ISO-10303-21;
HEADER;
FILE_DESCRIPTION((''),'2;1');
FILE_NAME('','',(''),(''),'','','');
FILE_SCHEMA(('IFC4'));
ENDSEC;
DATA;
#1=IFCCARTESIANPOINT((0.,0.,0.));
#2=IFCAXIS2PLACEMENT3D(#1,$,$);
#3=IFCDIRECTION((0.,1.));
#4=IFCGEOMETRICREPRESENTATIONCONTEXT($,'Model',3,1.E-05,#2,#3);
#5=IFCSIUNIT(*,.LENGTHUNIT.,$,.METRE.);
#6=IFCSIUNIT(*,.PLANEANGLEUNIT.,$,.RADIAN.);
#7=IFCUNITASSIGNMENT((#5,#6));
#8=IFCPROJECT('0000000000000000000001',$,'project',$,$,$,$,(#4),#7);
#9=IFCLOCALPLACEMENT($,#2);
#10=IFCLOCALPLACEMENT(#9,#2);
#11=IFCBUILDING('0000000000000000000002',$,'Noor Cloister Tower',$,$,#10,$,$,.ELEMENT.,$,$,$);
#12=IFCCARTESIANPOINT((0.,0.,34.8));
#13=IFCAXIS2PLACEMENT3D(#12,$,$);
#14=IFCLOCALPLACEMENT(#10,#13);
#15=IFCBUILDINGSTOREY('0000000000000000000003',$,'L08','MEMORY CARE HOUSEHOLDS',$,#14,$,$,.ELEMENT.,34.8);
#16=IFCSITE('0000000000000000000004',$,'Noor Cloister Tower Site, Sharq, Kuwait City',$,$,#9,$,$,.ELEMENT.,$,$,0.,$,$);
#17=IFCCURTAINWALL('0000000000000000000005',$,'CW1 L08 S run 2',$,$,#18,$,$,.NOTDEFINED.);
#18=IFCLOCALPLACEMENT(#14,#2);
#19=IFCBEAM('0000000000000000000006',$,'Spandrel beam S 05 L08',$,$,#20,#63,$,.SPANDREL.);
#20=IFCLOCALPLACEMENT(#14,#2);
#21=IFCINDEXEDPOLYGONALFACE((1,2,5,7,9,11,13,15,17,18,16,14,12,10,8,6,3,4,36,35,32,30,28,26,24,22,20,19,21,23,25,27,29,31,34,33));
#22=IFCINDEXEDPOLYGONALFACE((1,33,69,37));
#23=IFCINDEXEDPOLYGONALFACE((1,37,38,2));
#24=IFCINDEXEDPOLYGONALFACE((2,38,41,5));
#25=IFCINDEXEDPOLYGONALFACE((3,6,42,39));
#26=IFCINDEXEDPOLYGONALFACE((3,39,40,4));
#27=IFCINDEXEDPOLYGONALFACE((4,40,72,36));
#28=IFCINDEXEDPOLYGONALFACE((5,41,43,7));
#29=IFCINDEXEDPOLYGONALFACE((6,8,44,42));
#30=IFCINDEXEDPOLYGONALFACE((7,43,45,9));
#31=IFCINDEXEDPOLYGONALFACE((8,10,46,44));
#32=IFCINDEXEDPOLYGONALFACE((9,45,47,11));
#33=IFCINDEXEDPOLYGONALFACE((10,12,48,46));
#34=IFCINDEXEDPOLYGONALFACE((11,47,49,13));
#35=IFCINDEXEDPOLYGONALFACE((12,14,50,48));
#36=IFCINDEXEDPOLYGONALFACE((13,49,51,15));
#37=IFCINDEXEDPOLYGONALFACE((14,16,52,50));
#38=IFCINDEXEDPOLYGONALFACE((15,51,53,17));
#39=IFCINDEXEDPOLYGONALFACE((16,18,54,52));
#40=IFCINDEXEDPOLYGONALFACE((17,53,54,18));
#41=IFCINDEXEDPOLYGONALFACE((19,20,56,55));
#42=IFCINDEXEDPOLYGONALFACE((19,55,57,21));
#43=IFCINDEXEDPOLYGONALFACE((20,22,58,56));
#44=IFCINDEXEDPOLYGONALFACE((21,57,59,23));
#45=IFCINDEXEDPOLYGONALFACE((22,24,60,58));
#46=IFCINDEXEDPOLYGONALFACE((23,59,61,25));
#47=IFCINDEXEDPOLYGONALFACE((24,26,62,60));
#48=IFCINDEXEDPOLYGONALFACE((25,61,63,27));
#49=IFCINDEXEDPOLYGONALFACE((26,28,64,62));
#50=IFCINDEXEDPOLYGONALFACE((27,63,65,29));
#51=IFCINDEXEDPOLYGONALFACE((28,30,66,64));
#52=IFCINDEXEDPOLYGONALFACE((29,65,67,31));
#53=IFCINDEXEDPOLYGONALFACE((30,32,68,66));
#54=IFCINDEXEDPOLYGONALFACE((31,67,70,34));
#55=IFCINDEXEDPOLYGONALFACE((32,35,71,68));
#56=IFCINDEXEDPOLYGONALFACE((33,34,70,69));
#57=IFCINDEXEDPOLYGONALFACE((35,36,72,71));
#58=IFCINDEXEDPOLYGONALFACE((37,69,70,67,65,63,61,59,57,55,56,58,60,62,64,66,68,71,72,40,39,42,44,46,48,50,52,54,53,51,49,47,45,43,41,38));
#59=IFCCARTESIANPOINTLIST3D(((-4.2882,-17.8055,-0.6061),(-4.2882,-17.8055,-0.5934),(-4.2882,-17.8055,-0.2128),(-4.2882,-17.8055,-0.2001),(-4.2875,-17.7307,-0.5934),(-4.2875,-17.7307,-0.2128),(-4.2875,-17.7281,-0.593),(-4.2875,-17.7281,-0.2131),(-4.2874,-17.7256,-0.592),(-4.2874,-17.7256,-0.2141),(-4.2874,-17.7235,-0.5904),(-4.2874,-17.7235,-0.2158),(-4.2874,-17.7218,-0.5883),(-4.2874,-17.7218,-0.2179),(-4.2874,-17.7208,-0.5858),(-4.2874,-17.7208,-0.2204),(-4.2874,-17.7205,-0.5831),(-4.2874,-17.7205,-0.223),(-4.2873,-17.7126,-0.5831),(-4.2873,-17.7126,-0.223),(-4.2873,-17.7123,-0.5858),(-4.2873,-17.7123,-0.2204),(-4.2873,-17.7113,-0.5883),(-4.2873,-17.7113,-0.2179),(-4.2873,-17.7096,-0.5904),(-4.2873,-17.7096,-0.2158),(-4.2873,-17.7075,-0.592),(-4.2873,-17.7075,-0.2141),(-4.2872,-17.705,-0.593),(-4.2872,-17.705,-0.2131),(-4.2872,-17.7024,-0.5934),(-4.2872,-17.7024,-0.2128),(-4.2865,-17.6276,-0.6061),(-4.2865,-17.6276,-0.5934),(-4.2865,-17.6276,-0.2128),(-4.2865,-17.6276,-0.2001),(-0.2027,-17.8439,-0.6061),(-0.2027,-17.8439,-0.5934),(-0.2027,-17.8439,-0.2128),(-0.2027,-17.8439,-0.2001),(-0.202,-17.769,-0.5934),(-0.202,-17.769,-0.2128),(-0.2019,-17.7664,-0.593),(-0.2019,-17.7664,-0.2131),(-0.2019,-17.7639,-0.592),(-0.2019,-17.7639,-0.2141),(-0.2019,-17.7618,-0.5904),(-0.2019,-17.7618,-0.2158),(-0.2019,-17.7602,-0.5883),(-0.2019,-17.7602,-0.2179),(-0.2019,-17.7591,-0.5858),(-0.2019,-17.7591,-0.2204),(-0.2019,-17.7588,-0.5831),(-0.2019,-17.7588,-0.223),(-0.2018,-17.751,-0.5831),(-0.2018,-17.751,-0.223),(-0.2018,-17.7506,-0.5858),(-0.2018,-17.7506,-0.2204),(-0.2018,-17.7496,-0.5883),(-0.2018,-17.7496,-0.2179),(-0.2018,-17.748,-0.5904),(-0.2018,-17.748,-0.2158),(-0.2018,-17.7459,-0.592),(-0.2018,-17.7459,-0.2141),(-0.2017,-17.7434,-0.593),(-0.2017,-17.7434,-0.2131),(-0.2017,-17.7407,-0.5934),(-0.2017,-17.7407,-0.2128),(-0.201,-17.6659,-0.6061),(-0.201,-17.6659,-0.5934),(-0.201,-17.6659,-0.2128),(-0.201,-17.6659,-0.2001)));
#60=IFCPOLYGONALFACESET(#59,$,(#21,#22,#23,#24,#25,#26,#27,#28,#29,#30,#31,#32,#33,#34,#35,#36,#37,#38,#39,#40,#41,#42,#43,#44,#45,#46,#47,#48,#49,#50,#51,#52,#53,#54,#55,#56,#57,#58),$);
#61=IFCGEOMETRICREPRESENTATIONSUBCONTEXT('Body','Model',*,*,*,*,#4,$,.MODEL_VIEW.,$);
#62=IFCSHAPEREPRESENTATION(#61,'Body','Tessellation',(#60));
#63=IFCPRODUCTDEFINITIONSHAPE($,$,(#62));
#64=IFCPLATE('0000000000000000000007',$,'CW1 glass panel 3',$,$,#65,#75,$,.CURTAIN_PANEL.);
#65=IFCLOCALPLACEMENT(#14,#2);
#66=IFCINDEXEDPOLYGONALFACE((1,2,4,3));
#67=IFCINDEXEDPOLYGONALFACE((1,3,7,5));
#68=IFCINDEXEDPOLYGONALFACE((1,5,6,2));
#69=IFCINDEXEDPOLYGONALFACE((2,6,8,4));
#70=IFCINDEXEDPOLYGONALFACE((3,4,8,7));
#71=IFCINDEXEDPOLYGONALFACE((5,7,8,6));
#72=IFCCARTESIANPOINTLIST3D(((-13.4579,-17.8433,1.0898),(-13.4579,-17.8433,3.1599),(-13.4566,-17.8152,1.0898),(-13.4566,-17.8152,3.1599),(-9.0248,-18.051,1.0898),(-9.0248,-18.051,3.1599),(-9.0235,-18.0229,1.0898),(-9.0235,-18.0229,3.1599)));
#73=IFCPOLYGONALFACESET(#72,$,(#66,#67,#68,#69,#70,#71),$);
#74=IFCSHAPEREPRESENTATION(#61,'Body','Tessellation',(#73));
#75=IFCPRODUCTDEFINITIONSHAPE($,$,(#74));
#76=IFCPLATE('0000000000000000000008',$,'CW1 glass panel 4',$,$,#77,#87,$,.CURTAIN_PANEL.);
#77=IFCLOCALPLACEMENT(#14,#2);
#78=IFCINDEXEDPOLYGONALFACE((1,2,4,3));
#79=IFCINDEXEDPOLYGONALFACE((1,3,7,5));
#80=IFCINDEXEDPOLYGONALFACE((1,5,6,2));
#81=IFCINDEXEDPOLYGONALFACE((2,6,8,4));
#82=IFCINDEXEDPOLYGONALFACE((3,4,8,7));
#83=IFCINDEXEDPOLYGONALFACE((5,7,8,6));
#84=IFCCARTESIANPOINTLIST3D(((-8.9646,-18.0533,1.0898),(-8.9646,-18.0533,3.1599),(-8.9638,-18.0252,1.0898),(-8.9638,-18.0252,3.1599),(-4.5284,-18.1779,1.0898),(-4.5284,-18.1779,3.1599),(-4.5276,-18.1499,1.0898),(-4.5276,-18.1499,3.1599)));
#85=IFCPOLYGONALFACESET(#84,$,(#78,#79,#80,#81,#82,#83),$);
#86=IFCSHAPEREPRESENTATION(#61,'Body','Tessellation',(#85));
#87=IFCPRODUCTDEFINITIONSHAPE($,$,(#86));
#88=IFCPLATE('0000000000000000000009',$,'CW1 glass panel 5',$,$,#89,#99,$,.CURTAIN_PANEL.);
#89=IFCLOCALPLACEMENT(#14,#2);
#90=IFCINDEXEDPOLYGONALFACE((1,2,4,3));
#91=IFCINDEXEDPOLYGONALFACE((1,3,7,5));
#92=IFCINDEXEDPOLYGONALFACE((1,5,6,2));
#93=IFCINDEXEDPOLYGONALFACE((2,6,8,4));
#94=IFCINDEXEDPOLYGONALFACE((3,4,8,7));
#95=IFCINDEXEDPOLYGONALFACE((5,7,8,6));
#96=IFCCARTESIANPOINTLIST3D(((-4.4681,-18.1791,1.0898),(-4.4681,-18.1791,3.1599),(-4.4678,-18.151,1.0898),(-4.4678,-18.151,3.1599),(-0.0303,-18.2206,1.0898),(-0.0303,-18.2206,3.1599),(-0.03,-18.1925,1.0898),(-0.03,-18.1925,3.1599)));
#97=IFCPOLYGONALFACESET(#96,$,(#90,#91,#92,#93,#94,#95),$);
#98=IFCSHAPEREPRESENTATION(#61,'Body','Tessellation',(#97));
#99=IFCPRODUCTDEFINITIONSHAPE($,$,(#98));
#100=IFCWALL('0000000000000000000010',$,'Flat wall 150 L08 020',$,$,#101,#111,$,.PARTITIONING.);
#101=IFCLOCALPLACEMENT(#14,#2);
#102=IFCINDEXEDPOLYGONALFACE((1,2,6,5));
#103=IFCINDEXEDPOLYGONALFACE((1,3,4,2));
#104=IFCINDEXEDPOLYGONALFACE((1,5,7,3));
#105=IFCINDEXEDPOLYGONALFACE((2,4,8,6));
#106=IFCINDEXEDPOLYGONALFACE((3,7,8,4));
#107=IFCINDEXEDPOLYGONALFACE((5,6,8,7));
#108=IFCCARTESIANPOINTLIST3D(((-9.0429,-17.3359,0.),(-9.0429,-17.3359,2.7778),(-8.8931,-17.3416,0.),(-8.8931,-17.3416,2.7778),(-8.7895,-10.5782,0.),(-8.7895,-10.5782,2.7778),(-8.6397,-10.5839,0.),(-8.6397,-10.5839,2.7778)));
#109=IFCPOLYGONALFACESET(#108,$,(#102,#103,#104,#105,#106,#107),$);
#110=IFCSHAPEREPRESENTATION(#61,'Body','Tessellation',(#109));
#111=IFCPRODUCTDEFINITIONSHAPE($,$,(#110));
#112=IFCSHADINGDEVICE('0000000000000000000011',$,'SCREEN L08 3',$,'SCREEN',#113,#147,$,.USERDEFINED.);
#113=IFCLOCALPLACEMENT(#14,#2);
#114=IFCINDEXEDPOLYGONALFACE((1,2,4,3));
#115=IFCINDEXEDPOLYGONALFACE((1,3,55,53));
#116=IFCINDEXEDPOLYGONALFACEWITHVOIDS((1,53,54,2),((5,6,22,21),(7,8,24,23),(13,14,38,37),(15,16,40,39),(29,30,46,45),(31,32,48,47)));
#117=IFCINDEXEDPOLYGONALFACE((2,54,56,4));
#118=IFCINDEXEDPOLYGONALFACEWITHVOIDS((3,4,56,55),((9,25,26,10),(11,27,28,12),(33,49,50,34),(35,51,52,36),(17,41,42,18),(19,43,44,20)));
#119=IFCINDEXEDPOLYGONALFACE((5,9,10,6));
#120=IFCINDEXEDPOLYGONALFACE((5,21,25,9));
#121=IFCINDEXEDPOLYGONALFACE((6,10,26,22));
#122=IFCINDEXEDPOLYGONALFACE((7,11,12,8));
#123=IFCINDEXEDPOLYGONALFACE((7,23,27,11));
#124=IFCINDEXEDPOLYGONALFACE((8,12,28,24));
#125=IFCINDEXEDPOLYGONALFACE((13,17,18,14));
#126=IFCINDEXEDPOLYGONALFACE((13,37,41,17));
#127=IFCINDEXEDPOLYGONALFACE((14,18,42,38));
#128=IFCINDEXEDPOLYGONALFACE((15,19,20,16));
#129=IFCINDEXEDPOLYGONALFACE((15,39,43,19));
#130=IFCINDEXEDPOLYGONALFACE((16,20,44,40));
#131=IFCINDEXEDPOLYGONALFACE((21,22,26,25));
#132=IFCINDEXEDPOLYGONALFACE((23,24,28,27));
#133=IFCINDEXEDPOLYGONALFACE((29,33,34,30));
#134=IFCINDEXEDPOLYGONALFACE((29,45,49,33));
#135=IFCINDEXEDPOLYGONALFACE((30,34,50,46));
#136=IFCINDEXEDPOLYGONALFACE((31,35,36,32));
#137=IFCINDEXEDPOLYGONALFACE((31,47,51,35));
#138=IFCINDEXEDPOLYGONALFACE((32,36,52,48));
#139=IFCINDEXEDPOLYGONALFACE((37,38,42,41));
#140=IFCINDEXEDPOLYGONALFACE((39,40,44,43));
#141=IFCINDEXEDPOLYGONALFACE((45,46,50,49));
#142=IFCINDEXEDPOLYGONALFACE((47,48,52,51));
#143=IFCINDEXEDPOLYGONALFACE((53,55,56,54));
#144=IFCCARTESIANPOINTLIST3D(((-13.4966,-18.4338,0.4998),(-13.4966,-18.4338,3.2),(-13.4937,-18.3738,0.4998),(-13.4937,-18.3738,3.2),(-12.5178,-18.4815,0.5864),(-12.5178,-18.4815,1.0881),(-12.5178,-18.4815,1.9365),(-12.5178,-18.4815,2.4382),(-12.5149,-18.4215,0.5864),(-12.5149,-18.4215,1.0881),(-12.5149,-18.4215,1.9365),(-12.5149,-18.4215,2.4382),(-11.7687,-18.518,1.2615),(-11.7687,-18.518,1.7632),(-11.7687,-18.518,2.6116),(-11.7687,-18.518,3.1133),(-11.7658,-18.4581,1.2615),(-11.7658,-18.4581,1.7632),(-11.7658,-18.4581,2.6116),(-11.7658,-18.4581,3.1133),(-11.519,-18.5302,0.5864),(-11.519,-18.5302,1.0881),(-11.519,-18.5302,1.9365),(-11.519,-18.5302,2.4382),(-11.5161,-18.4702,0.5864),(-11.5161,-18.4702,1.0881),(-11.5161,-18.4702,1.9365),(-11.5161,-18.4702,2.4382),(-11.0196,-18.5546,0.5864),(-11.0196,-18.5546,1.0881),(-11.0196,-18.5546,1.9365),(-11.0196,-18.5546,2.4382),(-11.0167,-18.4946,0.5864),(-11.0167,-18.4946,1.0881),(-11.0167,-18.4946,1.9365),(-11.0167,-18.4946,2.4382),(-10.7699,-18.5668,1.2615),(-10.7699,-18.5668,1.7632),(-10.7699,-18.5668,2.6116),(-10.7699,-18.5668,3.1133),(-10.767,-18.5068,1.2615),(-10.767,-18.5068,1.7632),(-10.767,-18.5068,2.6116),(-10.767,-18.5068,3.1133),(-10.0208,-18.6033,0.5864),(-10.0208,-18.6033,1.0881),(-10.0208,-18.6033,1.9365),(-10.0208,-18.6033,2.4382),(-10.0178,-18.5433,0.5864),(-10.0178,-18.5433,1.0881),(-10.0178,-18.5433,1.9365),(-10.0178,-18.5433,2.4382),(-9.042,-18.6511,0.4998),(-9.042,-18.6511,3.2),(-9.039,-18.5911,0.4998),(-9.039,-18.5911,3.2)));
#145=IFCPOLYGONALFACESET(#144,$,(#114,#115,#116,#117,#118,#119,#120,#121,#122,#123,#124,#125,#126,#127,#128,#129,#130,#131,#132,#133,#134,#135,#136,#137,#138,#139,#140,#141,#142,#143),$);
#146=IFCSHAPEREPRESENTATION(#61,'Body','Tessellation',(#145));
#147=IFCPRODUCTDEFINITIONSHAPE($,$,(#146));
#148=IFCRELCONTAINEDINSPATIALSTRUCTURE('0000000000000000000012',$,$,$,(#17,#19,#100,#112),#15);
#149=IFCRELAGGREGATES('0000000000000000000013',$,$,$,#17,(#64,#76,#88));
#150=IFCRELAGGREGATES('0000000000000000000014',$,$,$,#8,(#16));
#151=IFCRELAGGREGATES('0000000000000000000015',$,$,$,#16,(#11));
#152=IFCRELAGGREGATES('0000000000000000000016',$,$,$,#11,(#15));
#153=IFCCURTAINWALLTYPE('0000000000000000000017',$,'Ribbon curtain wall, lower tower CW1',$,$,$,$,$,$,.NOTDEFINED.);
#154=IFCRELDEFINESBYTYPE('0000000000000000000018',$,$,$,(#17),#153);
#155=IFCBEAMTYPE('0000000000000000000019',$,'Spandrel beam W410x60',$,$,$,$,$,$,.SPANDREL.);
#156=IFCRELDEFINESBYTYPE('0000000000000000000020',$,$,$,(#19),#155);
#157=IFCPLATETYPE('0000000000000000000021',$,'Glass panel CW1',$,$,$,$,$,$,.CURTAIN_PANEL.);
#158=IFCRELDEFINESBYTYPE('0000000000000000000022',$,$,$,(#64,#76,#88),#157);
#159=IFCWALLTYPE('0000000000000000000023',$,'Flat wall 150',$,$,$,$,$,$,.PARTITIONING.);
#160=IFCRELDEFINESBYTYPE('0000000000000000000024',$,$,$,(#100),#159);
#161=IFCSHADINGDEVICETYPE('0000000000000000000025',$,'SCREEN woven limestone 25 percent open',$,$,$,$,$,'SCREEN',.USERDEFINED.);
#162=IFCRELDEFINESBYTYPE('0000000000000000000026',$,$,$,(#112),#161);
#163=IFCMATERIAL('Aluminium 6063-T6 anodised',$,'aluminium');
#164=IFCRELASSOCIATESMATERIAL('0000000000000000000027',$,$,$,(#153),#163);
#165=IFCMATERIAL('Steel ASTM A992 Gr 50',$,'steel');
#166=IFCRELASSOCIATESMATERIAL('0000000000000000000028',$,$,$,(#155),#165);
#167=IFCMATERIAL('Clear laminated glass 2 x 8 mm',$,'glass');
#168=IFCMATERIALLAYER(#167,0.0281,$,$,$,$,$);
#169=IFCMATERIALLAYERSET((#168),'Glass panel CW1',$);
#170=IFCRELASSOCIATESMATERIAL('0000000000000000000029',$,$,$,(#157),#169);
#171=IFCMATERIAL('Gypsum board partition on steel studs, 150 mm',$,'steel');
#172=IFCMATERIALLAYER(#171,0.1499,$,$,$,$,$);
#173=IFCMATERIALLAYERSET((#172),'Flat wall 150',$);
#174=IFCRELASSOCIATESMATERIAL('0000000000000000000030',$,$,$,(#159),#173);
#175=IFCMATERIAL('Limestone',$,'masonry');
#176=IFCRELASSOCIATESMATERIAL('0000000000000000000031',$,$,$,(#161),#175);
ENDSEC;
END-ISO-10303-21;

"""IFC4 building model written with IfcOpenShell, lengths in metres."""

from ifc_helpers import new_model, si_unit, direction, frame, frame_2d, origin, origin_2d, place, context, subcontext, project, spatial, polyline, rectangle, i_section, outline, extrude, material, layer, layer_set, material_profile, profile_set, type_object, element, aggregate, save


model = new_model("IFC4")

# Units and contexts
model_context = context("Model", 3, precision=1e-05, world=origin(), true_north=direction((0.0, 1.0)))
body_context = subcontext(model_context, "Body", "Model", "MODEL_VIEW")
ifc_project = project(units=[si_unit("LENGTHUNIT", "METRE"), si_unit("PLANEANGLEUNIT", "RADIAN")], contexts=[model_context])

# Site, building, storey
site_placement = place(None, origin())
site = spatial("IfcSite", under=ifc_project, at=site_placement, Name="Noor Cloister Tower Site, Sharq, Kuwait City", CompositionType="ELEMENT", RefElevation=0.0)
building_placement = place(site_placement, origin())
building = spatial("IfcBuilding", under=site, at=building_placement, Name="Noor Cloister Tower", CompositionType="ELEMENT")
storey_placement = place(building_placement, frame((0.0, 0.0, 34.8)))
storey = spatial("IfcBuildingStorey", under=building, at=storey_placement, Name="L08", Description="MEMORY CARE HOUSEHOLDS", CompositionType="ELEMENT", Elevation=34.8)

# Curtain wall
ifc_material_1 = material(Name="Aluminium 6063-T6 anodised", Category="aluminium")
curtain_wall_type = type_object("IfcCurtainWallType", Name="Ribbon curtain wall, lower tower CW1", PredefinedType="NOTDEFINED", material=ifc_material_1)
curtain_wall_placement = place(storey_placement, origin())
curtain_wall = element("IfcCurtainWall", 1, at=curtain_wall_placement, inside=storey, type_object=curtain_wall_type, Name="CW1 L08 S run 2", PredefinedType="NOTDEFINED")

# Beam
ifc_material_2 = material(Name="Steel ASTM A992 Gr 50", Category="steel")
ifc_material_profile_1 = material_profile(ifc_material_2, i_section(OverallWidth=0.178, OverallDepth=0.406, WebThickness=0.0078, FlangeThickness=0.0127, FilletRadius=0.0103, at=origin_2d()), Name="W410x60")
ifc_profile_set_1 = profile_set([ifc_material_profile_1], Name="Steel ASTM A992 Gr 50")
beam_type_1 = type_object("IfcBeamType", Name="Spandrel beam W410x60", PredefinedType="SPANDREL", material=ifc_profile_set_1)
for number, where, z_axis, x_axis, name in (
    (2, (-4.2874, -17.7166, -0.4031), (0.999956, -0.009382, 0.0), (0.009382, 0.999956, 0.0), "Spandrel beam S 05 L08"),
):
    element("IfcBeam", number, at=place(storey_placement, frame(where, z_axis=z_axis, x_axis=x_axis)), inside=storey, type_object=beam_type_1, Name=name, PredefinedType="SPANDREL", context=body_context, shape_type="SweptSolid", body=[
        extrude(i_section(OverallWidth=0.178, OverallDepth=0.406, WebThickness=0.0078, FlangeThickness=0.0127, FilletRadius=0.0103, at=origin_2d()), origin(), (0.0, 0.0, 1.0), 4.0857),
    ])

# Plates
ifc_material_3 = material(Name="Clear laminated glass 2 x 8 mm", Category="glass")
ifc_layer_1 = layer(ifc_material_3, 0.0281)
ifc_layer_set_1 = layer_set([ifc_layer_1], Name="Glass panel CW1")
plate_type = type_object("IfcPlateType", Name="Glass panel CW1", PredefinedType="CURTAIN_PANEL", material=ifc_layer_set_1)
plate_1_placement = place(storey_placement, frame((-11.2407, -17.9331, 1.0898), z_axis=(0.0, 0.0, 1.0), x_axis=(0.998904, -0.046801, 0.0)))
plate_1 = element("IfcPlate", 3, at=plate_1_placement, type_object=plate_type, Name="CW1 glass panel 3", PredefinedType="CURTAIN_PANEL", context=body_context, shape_type="SweptSolid", body=[
    extrude(rectangle(XDim=4.438, YDim=0.0281, at=origin_2d()), origin(), (0.0, 0.0, 1.0), 2.0701),
])
plate_2_placement = place(storey_placement, frame((-6.7461, -18.1016, 1.0898), z_axis=(0.0, 0.0, 1.0), x_axis=(0.999605, -0.028087, 0.0)))
plate_2 = element("IfcPlate", 4, at=plate_2_placement, type_object=plate_type, Name="CW1 glass panel 4", PredefinedType="CURTAIN_PANEL", context=body_context, shape_type="SweptSolid", body=[
    extrude(rectangle(XDim=4.438, YDim=0.0281, at=origin_2d()), origin(), (0.0, 0.0, 1.0), 2.0701),
])
plate_3_placement = place(storey_placement, frame((-2.249, -18.1858, 1.0898), z_axis=(0.0, 0.0, 1.0), x_axis=(0.999956, -0.009364, 0.0)))
plate_3 = element("IfcPlate", 5, at=plate_3_placement, type_object=plate_type, Name="CW1 glass panel 5", PredefinedType="CURTAIN_PANEL", context=body_context, shape_type="SweptSolid", body=[
    extrude(rectangle(XDim=4.438, YDim=0.0281, at=origin_2d()), origin(), (0.0, 0.0, 1.0), 2.0701),
])
aggregate(curtain_wall, [plate_1, plate_2, plate_3])

# Wall
ifc_material_4 = material(Name="Gypsum board partition on steel studs, 150 mm", Category="steel")
ifc_layer_2 = layer(ifc_material_4, 0.1499)
ifc_layer_set_2 = layer_set([ifc_layer_2], Name="Flat wall 150")
wall_type = type_object("IfcWallType", Name="Flat wall 150", PredefinedType="PARTITIONING", material=ifc_layer_set_2)
wall_placement = place(storey_placement, frame((-8.968, -17.3389, 0.0), z_axis=(0.0, 0.0, 1.0), x_axis=(0.037474, 0.999298, 0.0)))
element("IfcWall", 6, at=wall_placement, inside=storey, type_object=wall_type, Name="Flat wall 150 L08 020", PredefinedType="PARTITIONING", context=body_context, shape_type="SweptSolid", body=[
    extrude(rectangle(XDim=6.7625, YDim=0.1499, at=frame_2d((3.3813, 0.0))), origin(), (0.0, 0.0, 1.0), 2.7778),
])

# Shading device
ifc_material_5 = material(Name="Limestone", Category="masonry")
ifc_material_profile_2 = material_profile(ifc_material_5, outline(polyline([(-2.23, -1.3501), (2.23, -1.3501), (2.23, 1.3501), (-2.23, 1.3501), (-2.23, -1.3501)]), holes=[polyline([(-1.25, -1.2634), (-0.25, -1.2634), (-0.25, -0.7617), (-1.25, -0.7617), (-1.25, -1.2634)]), polyline([(0.25, -1.2634), (1.25, -1.2634), (1.25, -0.7617), (0.25, -0.7617), (0.25, -1.2634)]), polyline([(-0.5, -0.5884), (0.5, -0.5884), (0.5, -0.0867), (-0.5, -0.0867), (-0.5, -0.5884)]), polyline([(-1.25, 0.0867), (-0.25, 0.0867), (-0.25, 0.5884), (-1.25, 0.5884), (-1.25, 0.0867)]), polyline([(0.25, 0.0867), (1.25, 0.0867), (1.25, 0.5884), (0.25, 0.5884), (0.25, 0.0867)]), polyline([(-0.5, 0.7617), (0.5, 0.7617), (0.5, 1.2634), (-0.5, 1.2634), (-0.5, 0.7617)])]), Name="Woven screen 25 percent open")
ifc_profile_set_2 = profile_set([ifc_material_profile_2], Name="Limestone")
shading_device_type = type_object("IfcShadingDeviceType", Name="SCREEN woven limestone 25 percent open", ElementType="SCREEN", PredefinedType="USERDEFINED", material=ifc_profile_set_2)
shading_device_placement = place(storey_placement, frame((-11.2664, -18.4824, 1.8499), z_axis=(-0.048723, -0.998812, 0.0), x_axis=(0.998812, -0.048723, 0.0)))
element("IfcShadingDevice", 7, at=shading_device_placement, inside=storey, type_object=shading_device_type, Name="SCREEN L08 3", ObjectType="SCREEN", PredefinedType="USERDEFINED", context=body_context, shape_type="SweptSolid", body=[
    extrude(outline(polyline([(-2.23, -1.3501), (2.23, -1.3501), (2.23, 1.3501), (-2.23, 1.3501), (-2.23, -1.3501)]), holes=[polyline([(-1.25, -1.2634), (-0.25, -1.2634), (-0.25, -0.7617), (-1.25, -0.7617), (-1.25, -1.2634)]), polyline([(0.25, -1.2634), (1.25, -1.2634), (1.25, -0.7617), (0.25, -0.7617), (0.25, -1.2634)]), polyline([(-0.5, -0.5884), (0.5, -0.5884), (0.5, -0.0867), (-0.5, -0.0867), (-0.5, -0.5884)]), polyline([(-1.25, 0.0867), (-0.25, 0.0867), (-0.25, 0.5884), (-1.25, 0.5884), (-1.25, 0.0867)]), polyline([(0.25, 0.0867), (1.25, 0.0867), (1.25, 0.5884), (0.25, 0.5884), (0.25, 0.0867)]), polyline([(-0.5, 0.7617), (0.5, 0.7617), (0.5, 1.2634), (-0.5, 1.2634), (-0.5, 0.7617)])]), origin(), (0.0, 0.0, 1.0), 0.0601),
])

save(model, "model.ifc")
